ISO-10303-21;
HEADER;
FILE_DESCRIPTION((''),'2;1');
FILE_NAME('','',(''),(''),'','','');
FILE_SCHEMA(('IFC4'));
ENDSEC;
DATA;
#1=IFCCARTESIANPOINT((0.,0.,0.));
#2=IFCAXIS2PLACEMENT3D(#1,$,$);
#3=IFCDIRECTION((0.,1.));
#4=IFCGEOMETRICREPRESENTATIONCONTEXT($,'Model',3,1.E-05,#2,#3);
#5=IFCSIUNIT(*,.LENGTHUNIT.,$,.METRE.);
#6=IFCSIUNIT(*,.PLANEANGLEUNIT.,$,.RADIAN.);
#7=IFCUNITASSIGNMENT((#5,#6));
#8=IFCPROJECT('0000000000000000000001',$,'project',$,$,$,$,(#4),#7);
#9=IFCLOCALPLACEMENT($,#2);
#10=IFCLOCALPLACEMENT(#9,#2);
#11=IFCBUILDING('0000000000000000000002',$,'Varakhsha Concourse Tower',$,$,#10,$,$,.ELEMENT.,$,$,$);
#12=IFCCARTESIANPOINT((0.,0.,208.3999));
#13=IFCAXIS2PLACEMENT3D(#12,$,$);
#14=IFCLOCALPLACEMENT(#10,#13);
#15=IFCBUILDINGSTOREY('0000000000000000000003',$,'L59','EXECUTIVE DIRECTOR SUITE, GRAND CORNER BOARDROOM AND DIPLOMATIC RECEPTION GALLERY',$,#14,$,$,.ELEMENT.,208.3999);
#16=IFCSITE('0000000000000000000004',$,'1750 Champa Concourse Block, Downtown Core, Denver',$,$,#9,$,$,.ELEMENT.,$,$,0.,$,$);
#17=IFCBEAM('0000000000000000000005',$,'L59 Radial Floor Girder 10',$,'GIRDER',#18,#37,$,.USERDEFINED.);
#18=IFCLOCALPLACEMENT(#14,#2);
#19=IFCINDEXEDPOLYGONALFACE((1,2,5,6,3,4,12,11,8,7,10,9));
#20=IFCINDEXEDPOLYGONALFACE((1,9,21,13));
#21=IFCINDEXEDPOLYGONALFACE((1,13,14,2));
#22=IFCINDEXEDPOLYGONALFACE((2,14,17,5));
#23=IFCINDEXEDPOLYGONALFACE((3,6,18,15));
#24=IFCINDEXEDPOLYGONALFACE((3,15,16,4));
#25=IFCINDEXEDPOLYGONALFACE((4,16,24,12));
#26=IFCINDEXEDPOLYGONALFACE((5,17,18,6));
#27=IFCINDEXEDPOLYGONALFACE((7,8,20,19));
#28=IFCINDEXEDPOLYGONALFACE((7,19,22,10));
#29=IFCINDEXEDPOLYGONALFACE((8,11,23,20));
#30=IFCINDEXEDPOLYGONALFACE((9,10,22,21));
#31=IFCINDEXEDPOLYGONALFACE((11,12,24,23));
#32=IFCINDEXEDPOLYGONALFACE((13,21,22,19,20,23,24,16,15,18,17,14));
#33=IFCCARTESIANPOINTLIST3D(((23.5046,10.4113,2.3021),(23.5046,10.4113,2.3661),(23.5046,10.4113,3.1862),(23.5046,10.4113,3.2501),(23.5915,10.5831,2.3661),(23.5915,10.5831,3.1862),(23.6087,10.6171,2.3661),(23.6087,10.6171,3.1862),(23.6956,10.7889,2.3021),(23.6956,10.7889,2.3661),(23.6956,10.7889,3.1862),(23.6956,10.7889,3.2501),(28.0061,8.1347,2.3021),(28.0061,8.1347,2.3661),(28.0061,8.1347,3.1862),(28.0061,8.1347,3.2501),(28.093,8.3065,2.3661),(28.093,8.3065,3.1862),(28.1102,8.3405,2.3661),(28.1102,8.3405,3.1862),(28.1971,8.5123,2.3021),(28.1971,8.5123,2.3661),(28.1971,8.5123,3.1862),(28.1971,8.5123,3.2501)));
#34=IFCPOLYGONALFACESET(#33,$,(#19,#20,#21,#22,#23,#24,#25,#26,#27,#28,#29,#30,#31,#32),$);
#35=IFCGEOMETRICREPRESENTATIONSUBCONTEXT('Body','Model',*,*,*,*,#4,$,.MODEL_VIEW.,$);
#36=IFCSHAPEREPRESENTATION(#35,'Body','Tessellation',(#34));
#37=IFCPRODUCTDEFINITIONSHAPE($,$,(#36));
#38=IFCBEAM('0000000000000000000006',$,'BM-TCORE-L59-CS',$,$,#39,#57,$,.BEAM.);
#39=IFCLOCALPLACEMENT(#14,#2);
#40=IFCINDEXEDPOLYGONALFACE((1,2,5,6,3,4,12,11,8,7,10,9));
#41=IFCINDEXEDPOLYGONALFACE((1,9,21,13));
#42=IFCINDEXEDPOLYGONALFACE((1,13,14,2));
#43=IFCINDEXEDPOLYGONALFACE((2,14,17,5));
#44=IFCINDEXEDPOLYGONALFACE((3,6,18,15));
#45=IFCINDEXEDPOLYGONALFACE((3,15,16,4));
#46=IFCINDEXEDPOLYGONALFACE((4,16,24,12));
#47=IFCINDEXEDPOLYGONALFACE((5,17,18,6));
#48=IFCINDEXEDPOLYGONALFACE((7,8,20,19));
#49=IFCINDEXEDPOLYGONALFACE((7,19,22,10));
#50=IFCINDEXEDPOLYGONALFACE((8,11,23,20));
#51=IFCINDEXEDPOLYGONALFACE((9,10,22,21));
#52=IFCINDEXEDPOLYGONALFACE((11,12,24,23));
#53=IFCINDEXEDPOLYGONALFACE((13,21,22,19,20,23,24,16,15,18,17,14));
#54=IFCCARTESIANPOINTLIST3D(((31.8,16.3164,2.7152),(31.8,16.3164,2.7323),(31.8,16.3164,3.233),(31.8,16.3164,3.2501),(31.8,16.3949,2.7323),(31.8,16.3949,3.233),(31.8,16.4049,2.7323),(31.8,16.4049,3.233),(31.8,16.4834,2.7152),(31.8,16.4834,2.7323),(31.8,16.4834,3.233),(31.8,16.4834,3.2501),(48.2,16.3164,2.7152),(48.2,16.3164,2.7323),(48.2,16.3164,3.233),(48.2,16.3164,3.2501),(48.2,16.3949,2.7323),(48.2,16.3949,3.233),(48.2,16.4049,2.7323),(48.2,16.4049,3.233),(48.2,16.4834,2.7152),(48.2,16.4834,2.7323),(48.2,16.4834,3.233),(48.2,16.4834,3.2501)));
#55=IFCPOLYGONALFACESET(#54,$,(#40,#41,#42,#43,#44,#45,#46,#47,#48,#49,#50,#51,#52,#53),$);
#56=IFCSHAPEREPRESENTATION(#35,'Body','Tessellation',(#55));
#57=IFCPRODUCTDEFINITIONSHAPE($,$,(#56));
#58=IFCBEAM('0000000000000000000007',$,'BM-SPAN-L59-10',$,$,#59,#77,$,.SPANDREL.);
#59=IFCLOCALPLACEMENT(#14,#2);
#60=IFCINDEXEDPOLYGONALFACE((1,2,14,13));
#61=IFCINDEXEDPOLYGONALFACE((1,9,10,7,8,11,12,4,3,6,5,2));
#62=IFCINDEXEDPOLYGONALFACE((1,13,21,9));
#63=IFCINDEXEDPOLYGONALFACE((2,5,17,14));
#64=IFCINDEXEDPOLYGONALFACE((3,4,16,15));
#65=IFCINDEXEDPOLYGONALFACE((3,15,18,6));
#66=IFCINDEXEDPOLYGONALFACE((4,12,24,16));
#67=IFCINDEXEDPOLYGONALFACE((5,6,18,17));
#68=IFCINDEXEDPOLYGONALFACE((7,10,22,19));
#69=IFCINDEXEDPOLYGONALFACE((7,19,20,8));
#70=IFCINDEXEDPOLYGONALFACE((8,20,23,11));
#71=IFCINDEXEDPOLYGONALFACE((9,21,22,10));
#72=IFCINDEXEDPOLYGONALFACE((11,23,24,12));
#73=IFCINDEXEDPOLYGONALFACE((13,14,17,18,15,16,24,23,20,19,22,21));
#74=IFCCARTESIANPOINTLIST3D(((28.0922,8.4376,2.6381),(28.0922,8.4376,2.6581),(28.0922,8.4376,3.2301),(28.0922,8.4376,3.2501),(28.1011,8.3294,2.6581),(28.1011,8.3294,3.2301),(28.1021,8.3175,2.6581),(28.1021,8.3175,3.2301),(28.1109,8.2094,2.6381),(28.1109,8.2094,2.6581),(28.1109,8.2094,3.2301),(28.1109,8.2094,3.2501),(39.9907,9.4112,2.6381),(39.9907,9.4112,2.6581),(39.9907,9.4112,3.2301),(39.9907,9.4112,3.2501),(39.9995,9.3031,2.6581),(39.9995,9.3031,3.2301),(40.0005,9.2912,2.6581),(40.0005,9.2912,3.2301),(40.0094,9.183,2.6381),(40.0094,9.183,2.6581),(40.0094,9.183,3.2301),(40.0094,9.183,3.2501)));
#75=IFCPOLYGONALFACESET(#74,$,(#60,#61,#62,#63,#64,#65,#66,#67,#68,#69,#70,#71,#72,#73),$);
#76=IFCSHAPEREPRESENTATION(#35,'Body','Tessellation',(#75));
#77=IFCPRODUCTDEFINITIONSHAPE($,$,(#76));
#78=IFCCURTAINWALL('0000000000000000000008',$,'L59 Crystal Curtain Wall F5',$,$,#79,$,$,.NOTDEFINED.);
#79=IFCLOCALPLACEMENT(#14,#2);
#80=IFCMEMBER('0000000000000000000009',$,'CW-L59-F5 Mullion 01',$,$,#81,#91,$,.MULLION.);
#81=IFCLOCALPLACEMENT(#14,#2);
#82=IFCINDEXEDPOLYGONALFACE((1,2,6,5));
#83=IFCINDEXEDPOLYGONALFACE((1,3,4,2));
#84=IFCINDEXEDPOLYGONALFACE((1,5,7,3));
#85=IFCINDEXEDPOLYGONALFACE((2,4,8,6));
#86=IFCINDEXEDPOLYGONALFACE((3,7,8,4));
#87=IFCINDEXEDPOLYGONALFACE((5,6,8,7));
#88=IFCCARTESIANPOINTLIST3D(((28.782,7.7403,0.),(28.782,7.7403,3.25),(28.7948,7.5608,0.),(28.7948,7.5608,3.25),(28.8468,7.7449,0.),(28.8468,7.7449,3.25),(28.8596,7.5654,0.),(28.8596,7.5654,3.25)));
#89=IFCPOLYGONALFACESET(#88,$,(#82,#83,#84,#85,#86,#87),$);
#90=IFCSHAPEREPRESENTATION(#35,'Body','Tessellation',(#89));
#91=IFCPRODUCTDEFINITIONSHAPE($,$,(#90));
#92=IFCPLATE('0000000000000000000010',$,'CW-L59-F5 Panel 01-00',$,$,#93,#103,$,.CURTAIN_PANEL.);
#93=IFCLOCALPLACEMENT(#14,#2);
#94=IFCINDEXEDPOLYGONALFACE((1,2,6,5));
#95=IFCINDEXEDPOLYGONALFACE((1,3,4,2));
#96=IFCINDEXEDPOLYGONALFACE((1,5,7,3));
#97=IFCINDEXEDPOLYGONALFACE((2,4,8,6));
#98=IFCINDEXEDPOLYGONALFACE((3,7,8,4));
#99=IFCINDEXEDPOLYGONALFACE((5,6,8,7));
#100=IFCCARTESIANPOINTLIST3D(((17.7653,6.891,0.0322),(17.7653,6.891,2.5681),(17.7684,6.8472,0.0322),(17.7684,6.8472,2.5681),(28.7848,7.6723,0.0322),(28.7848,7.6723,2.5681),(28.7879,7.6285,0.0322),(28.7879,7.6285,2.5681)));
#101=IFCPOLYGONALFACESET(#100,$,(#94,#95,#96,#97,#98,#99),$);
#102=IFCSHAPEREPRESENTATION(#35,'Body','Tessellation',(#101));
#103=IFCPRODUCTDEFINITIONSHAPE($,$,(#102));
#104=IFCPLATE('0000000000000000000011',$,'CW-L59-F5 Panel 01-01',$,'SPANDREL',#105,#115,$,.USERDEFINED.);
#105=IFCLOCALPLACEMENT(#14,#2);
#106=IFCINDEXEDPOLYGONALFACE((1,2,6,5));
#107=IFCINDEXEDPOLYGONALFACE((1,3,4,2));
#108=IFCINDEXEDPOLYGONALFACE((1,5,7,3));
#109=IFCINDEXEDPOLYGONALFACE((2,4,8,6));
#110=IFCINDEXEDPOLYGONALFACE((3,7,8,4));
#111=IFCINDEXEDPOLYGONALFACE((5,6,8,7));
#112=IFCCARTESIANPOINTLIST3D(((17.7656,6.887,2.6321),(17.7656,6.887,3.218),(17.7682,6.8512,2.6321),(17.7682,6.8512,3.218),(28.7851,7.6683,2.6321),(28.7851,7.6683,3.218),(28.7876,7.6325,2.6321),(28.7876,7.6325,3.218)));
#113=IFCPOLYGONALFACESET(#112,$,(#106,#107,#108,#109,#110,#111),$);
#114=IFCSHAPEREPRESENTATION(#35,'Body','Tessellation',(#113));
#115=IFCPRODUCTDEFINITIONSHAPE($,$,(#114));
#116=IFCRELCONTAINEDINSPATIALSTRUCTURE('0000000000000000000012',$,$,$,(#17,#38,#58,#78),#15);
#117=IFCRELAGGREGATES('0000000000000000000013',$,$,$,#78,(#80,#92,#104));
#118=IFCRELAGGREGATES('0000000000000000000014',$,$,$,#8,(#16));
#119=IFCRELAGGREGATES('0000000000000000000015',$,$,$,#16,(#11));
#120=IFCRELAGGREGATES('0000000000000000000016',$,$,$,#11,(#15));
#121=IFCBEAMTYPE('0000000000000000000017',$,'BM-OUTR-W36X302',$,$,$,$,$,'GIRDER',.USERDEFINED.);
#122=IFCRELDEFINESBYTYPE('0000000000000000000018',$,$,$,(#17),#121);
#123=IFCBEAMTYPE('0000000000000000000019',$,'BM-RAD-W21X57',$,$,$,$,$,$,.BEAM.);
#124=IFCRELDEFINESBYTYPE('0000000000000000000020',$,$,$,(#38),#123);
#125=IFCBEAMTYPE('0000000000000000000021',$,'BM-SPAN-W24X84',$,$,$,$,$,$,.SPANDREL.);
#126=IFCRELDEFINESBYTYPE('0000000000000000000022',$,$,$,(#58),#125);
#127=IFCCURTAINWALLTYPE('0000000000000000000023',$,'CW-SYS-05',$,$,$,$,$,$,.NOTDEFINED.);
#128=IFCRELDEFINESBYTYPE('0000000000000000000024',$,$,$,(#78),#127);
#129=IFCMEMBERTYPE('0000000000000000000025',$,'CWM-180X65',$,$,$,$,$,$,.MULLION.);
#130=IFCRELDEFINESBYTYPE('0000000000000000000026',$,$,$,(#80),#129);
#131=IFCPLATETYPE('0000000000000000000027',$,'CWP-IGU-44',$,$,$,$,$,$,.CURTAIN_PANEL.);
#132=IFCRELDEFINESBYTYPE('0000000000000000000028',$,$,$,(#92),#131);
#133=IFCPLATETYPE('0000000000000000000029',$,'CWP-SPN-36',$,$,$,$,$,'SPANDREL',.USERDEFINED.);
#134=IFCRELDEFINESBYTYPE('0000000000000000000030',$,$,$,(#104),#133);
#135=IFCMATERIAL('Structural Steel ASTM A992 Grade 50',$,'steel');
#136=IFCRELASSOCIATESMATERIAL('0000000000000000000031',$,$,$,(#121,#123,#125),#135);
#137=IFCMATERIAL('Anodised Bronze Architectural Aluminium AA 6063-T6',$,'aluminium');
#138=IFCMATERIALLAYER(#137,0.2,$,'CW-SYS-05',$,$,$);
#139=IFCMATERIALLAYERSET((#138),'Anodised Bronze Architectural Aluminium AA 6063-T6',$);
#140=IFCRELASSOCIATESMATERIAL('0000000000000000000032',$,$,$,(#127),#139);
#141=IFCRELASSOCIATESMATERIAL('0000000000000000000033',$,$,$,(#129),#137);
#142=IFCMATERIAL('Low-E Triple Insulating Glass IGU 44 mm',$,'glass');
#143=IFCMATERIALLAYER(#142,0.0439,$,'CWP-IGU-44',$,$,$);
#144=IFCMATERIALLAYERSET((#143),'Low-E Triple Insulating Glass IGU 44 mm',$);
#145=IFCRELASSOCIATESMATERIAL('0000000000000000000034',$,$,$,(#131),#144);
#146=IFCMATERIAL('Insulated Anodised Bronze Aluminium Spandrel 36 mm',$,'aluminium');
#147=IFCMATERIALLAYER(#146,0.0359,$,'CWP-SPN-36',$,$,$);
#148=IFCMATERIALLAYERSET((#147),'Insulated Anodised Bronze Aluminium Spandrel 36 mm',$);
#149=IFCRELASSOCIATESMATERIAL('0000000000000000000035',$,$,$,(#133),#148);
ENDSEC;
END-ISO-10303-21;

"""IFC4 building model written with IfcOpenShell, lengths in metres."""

from ifc_helpers import new_model, si_unit, direction, frame, origin, origin_2d, place, context, subcontext, project, spatial, rectangle, i_section, extrude, source, transform, mapped, material, layer, layer_set, material_profile, profile_set, type_object, type_shapes, element, aggregate, save


model = new_model("IFC4")

# Units and contexts
model_context = context("Model", 3, precision=1e-05, world=origin(), true_north=direction((0.0, 1.0)))
body_context = subcontext(model_context, "Body", "Model", "MODEL_VIEW")
ifc_project = project(units=[si_unit("LENGTHUNIT", "METRE"), si_unit("PLANEANGLEUNIT", "RADIAN")], contexts=[model_context])

# Site, building, storey
site_placement = place(None, origin())
site = spatial("IfcSite", under=ifc_project, at=site_placement, Name="1750 Champa Concourse Block, Downtown Core, Denver", CompositionType="ELEMENT", RefElevation=0.0)
building_placement = place(site_placement, origin())
building = spatial("IfcBuilding", under=site, at=building_placement, Name="Varakhsha Concourse Tower", CompositionType="ELEMENT")
storey_placement = place(building_placement, frame((0.0, 0.0, 208.3999)))
storey = spatial("IfcBuildingStorey", under=building, at=storey_placement, Name="L59", Description="EXECUTIVE DIRECTOR SUITE, GRAND CORNER BOARDROOM AND DIPLOMATIC RECEPTION GALLERY", CompositionType="ELEMENT", Elevation=208.3999)

# Shared definitions
ifc_material_1 = material(Name="Structural Steel ASTM A992 Grade 50", Category="steel")

# Beams
ifc_material_profile_1 = material_profile(ifc_material_1, i_section(OverallWidth=0.4231, OverallDepth=0.948, WebThickness=0.0381, FlangeThickness=0.064, at=origin_2d()), Name="W36X302")
ifc_profile_set_1 = profile_set([ifc_material_profile_1], Name="Structural Steel ASTM A992 Grade 50")
beam_type_1 = type_object("IfcBeamType", Name="BM-OUTR-W36X302", ElementType="GIRDER", PredefinedType="USERDEFINED", material=ifc_profile_set_1)
beam_1_placement = place(storey_placement, frame((23.6001, 10.6001, 2.7761), z_axis=(0.892366, -0.451313, 0.0), x_axis=(0.451313, 0.892366, 0.0)))
element("IfcBeam", 1, at=beam_1_placement, inside=storey, type_object=beam_type_1, Name="L59 Radial Floor Girder 10", ObjectType="GIRDER", PredefinedType="USERDEFINED", context=body_context, shape_type="SweptSolid", body=[
    extrude(i_section(OverallWidth=0.4231, OverallDepth=0.948, WebThickness=0.0381, FlangeThickness=0.064, at=origin_2d()), origin(), (0.0, 0.0, 1.0), 5.0444),
])
ifc_material_profile_2 = material_profile(ifc_material_1, i_section(OverallWidth=0.167, OverallDepth=0.5349, WebThickness=0.01, FlangeThickness=0.0171, at=origin_2d()), Name="W21X57")
ifc_profile_set_2 = profile_set([ifc_material_profile_2], Name="Structural Steel ASTM A992 Grade 50")
beam_type_2 = type_object("IfcBeamType", Name="BM-RAD-W21X57", PredefinedType="BEAM", material=ifc_profile_set_2)
beam_2_placement = place(storey_placement, frame((31.8, 16.3999, 2.9827), z_axis=(1.0, 0.0, 0.0), x_axis=(0.0, 1.0, 0.0)))
element("IfcBeam", 2, at=beam_2_placement, inside=storey, type_object=beam_type_2, Name="BM-TCORE-L59-CS", PredefinedType="BEAM", context=body_context, shape_type="SweptSolid", body=[
    extrude(i_section(OverallWidth=0.167, OverallDepth=0.5349, WebThickness=0.01, FlangeThickness=0.0171, at=origin_2d()), origin(), (0.0, 0.0, 1.0), 16.3999),
])
ifc_material_profile_3 = material_profile(ifc_material_1, i_section(OverallWidth=0.229, OverallDepth=0.6121, WebThickness=0.012, FlangeThickness=0.02, at=origin_2d()), Name="W24X84")
ifc_profile_set_3 = profile_set([ifc_material_profile_3], Name="Structural Steel ASTM A992 Grade 50")
beam_type_3 = type_object("IfcBeamType", Name="BM-SPAN-W24X84", PredefinedType="SPANDREL", material=ifc_profile_set_3)
beam_3_placement = place(storey_placement, frame((28.1016, 8.3235, 2.9441), z_axis=(0.996669, 0.081556, 0.0), x_axis=(-0.081556, 0.996669, 0.0)))
element("IfcBeam", 3, at=beam_3_placement, inside=storey, type_object=beam_type_3, Name="BM-SPAN-L59-10", PredefinedType="SPANDREL", context=body_context, shape_type="SweptSolid", body=[
    extrude(i_section(OverallWidth=0.229, OverallDepth=0.6121, WebThickness=0.012, FlangeThickness=0.02, at=origin_2d()), origin(), (0.0, 0.0, 1.0), 11.9382),
])

# Curtain wall, member, plates
ifc_material_2 = material(Name="Anodised Bronze Architectural Aluminium AA 6063-T6", Category="aluminium")
ifc_layer_1 = layer(ifc_material_2, 0.2, Name="CW-SYS-05")
ifc_layer_set_1 = layer_set([ifc_layer_1], Name="Anodised Bronze Architectural Aluminium AA 6063-T6")
curtain_wall_type = type_object("IfcCurtainWallType", Name="CW-SYS-05", PredefinedType="NOTDEFINED", material=ifc_layer_set_1)
curtain_wall_placement = place(storey_placement, origin())
curtain_wall = element("IfcCurtainWall", 4, at=curtain_wall_placement, inside=storey, type_object=curtain_wall_type, Name="L59 Crystal Curtain Wall F5", PredefinedType="NOTDEFINED")
ifc_material_profile_4 = material_profile(ifc_material_2, rectangle(XDim=0.0649, YDim=0.1799, at=origin_2d()), Name="CWM-180X65")
ifc_profile_set_4 = profile_set([ifc_material_profile_4], Name="Anodised Bronze Architectural Aluminium AA 6063-T6")
member_type = type_object("IfcMemberType", Name="CWM-180X65", PredefinedType="MULLION", material=ifc_profile_set_4)
shared_shape_1 = source(origin(), body_context, "Body", "SweptSolid", [
    extrude(rectangle(XDim=0.0649, YDim=0.1799, at=origin_2d()), origin(), (0.0, 0.0, 1.0), 3.25),
])
type_shapes(member_type, [shared_shape_1])
member_placement = place(storey_placement, frame((28.8208, 7.6528, 0.0), z_axis=(0.0, 0.0, 1.0), x_axis=(-0.997496, -0.070723, 0.0)))
member = element("IfcMember", 5, at=member_placement, type_object=member_type, Name="CW-L59-F5 Mullion 01", PredefinedType="MULLION", context=body_context, shape_type="MappedRepresentation", body=[
    mapped(shared_shape_1, transform((0.0, 0.0, 0.0), scale=1.0)),
])
ifc_material_3 = material(Name="Low-E Triple Insulating Glass IGU 44 mm", Category="glass")
ifc_layer_2 = layer(ifc_material_3, 0.0439, Name="CWP-IGU-44")
ifc_layer_set_2 = layer_set([ifc_layer_2], Name="Low-E Triple Insulating Glass IGU 44 mm")
plate_type_1 = type_object("IfcPlateType", Name="CWP-IGU-44", PredefinedType="CURTAIN_PANEL", material=ifc_layer_set_2)
shared_shape_2 = source(origin(), body_context, "Body", "SweptSolid", [
    extrude(rectangle(XDim=11.0471, YDim=0.0439, at=origin_2d()), origin(), (0.0, 0.0, 1.0), 2.5359),
])
type_shapes(plate_type_1, [shared_shape_2])
plate_1_placement = place(storey_placement, frame((23.2766, 7.2598, 0.0322), z_axis=(0.0, 0.0, 1.0), x_axis=(-0.997496, -0.070723, 0.0)))
plate_1 = element("IfcPlate", 6, at=plate_1_placement, type_object=plate_type_1, Name="CW-L59-F5 Panel 01-00", PredefinedType="CURTAIN_PANEL", context=body_context, shape_type="MappedRepresentation", body=[
    mapped(shared_shape_2, transform((0.0, 0.0, 0.0), scale=1.0)),
])
ifc_material_4 = material(Name="Insulated Anodised Bronze Aluminium Spandrel 36 mm", Category="aluminium")
ifc_layer_3 = layer(ifc_material_4, 0.0359, Name="CWP-SPN-36")
ifc_layer_set_3 = layer_set([ifc_layer_3], Name="Insulated Anodised Bronze Aluminium Spandrel 36 mm")
plate_type_2 = type_object("IfcPlateType", Name="CWP-SPN-36", ElementType="SPANDREL", PredefinedType="USERDEFINED", material=ifc_layer_set_3)
shared_shape_3 = source(origin(), body_context, "Body", "SweptSolid", [
    extrude(rectangle(XDim=11.0471, YDim=0.0359, at=origin_2d()), origin(), (0.0, 0.0, 1.0), 0.5859),
])
type_shapes(plate_type_2, [shared_shape_3])
plate_2_placement = place(storey_placement, frame((23.2766, 7.2598, 2.6321), z_axis=(0.0, 0.0, 1.0), x_axis=(-0.997496, -0.070723, 0.0)))
plate_2 = element("IfcPlate", 7, at=plate_2_placement, type_object=plate_type_2, Name="CW-L59-F5 Panel 01-01", ObjectType="SPANDREL", PredefinedType="USERDEFINED", context=body_context, shape_type="MappedRepresentation", body=[
    mapped(shared_shape_3, transform((0.0, 0.0, 0.0), scale=1.0)),
])
aggregate(curtain_wall, [member, plate_1, plate_2])

save(model, "model.ifc")
